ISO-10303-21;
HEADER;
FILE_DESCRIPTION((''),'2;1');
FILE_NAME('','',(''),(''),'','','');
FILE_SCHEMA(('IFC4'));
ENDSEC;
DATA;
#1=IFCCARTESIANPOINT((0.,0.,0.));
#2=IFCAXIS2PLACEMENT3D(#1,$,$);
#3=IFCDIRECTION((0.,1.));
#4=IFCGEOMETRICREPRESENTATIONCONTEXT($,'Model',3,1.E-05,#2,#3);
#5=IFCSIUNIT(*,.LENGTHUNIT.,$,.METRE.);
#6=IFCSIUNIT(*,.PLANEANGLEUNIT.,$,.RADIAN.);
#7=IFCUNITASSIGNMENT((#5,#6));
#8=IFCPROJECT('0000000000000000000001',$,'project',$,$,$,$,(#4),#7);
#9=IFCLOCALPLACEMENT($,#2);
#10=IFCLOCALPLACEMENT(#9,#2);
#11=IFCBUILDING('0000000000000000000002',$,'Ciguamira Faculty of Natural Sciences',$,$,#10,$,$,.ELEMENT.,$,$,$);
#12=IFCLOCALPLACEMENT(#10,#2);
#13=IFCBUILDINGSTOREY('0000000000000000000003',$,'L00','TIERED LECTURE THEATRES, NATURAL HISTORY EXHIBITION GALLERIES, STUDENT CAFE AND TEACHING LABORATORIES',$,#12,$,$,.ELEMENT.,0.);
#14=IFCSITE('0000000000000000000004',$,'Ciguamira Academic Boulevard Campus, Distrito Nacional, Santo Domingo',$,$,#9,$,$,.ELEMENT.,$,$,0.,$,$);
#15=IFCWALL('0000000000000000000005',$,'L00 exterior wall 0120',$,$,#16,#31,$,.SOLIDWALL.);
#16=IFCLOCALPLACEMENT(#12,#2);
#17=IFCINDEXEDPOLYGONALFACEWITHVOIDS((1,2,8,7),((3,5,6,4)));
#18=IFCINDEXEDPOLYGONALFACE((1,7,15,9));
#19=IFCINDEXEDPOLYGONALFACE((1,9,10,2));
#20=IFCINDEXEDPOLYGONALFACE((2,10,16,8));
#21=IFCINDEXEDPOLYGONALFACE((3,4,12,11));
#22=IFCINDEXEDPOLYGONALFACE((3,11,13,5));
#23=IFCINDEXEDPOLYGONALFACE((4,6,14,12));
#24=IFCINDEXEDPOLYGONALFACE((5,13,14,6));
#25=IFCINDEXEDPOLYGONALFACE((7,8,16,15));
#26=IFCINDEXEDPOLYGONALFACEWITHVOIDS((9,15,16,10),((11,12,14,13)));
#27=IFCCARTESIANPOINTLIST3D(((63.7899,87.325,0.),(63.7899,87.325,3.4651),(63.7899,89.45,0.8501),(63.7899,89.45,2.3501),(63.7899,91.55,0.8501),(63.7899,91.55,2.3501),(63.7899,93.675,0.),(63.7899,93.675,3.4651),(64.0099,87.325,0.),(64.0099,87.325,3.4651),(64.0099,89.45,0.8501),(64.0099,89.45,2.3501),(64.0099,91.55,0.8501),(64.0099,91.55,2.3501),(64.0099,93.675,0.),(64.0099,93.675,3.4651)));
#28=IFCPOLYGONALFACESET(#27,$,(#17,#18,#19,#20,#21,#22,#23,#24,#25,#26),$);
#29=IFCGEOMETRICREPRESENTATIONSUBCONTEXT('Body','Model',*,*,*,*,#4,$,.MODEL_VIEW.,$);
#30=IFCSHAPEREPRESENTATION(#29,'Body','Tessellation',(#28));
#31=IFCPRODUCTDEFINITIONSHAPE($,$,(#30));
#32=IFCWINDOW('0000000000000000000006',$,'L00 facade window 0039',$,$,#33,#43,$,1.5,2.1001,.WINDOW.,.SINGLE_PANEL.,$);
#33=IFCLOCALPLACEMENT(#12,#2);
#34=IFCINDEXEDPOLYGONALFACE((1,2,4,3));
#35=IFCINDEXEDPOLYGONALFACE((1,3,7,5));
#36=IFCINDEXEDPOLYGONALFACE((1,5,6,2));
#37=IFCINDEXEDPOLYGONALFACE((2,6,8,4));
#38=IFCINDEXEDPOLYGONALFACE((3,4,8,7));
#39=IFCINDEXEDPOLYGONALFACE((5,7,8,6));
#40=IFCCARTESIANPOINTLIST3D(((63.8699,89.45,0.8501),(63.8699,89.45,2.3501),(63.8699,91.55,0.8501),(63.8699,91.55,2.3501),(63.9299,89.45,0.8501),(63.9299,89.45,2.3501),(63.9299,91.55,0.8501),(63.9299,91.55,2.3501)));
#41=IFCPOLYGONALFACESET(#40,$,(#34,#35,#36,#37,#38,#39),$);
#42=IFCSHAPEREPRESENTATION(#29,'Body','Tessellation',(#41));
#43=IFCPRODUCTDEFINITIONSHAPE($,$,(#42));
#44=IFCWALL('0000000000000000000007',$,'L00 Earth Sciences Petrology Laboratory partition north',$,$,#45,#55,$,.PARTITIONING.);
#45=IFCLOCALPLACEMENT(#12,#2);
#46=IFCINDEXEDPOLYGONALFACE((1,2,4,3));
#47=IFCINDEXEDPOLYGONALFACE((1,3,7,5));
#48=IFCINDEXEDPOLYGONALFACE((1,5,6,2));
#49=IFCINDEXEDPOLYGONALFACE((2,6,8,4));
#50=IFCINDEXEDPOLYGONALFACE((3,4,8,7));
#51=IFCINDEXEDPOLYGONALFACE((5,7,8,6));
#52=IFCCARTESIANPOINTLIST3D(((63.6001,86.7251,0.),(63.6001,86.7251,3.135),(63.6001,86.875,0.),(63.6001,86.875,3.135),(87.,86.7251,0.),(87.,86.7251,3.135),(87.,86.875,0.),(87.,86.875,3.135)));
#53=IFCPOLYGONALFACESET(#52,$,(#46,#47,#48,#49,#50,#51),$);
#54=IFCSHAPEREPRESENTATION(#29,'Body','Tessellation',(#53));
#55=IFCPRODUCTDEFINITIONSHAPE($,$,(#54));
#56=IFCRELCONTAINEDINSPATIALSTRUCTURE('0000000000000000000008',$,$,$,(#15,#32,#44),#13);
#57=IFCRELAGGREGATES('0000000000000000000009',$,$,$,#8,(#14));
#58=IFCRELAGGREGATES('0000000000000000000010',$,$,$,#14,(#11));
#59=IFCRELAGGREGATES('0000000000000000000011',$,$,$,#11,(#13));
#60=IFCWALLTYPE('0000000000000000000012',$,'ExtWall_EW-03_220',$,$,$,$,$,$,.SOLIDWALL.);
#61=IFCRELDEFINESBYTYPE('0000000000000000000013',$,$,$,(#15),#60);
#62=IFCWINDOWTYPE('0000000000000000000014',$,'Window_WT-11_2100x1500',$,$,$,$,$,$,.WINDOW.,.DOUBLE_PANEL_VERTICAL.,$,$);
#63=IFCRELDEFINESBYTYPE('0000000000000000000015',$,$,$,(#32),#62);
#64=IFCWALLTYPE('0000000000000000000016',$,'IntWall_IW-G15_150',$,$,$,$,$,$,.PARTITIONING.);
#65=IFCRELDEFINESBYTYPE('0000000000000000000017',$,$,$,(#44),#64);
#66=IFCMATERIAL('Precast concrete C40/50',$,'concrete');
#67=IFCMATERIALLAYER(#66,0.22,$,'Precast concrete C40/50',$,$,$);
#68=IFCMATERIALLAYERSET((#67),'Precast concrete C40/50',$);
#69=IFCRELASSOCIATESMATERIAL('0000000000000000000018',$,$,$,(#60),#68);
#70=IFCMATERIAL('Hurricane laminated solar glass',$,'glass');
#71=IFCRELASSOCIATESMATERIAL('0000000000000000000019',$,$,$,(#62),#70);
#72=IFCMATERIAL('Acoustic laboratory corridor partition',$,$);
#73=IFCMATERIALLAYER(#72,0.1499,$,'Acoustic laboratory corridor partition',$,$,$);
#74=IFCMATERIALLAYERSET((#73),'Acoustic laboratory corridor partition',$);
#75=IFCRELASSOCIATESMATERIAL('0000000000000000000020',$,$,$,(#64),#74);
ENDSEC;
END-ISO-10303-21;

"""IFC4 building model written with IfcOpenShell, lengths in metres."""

from ifc_helpers import new_model, si_unit, direction, frame, frame_2d, origin, place, context, subcontext, project, spatial, rectangle, extrude, material, layer, layer_set, type_object, element, fill, save


model = new_model("IFC4")

# Units and contexts
model_context = context("Model", 3, precision=1e-05, world=origin(), true_north=direction((0.0, 1.0)))
body_context = subcontext(model_context, "Body", "Model", "MODEL_VIEW")
ifc_project = project(units=[si_unit("LENGTHUNIT", "METRE"), si_unit("PLANEANGLEUNIT", "RADIAN")], contexts=[model_context])

# Site, building, storey
site_placement = place(None, origin())
site = spatial("IfcSite", under=ifc_project, at=site_placement, Name="Ciguamira Academic Boulevard Campus, Distrito Nacional, Santo Domingo", CompositionType="ELEMENT", RefElevation=0.0)
building_placement = place(site_placement, origin())
building = spatial("IfcBuilding", under=site, at=building_placement, Name="Ciguamira Faculty of Natural Sciences", CompositionType="ELEMENT")
storey_placement = place(building_placement, origin())
storey = spatial("IfcBuildingStorey", under=building, at=storey_placement, Name="L00", Description="TIERED LECTURE THEATRES, NATURAL HISTORY EXHIBITION GALLERIES, STUDENT CAFE AND TEACHING LABORATORIES", CompositionType="ELEMENT", Elevation=0.0)

# Shared definitions
ifc_material_1 = material(Name="Precast concrete C40/50", Category="concrete")

# Wall, opening, window
ifc_layer_1 = layer(ifc_material_1, 0.22, Name="Precast concrete C40/50")
ifc_layer_set_1 = layer_set([ifc_layer_1], Name="Precast concrete C40/50")
wall_type_1 = type_object("IfcWallType", Name="ExtWall_EW-03_220", PredefinedType="SOLIDWALL", material=ifc_layer_set_1)
ifc_material_2 = material(Name="Hurricane laminated solar glass", Category="glass")
wall_1_placement = place(storey_placement, frame((63.8999, 87.325, 0.0), z_axis=(0.0, 0.0, 1.0), x_axis=(0.0, 1.0, 0.0)))
wall_1 = element("IfcWall", 1, at=wall_1_placement, inside=storey, type_object=wall_type_1, Name="L00 exterior wall 0120", PredefinedType="SOLIDWALL", context=body_context, shape_type="SweptSolid", body=[
    extrude(rectangle(XDim=6.3501, YDim=0.22, at=frame_2d((3.175, 0.0))), origin(), (0.0, 0.0, 1.0), 3.4651),
])
opening_1_placement = place(wall_1_placement, frame((2.125, 0.0, 0.8501)))
opening_1 = element("IfcOpeningElement", 2, at=opening_1_placement, cuts=wall_1, PredefinedType="OPENING", context=body_context, shape_type="SweptSolid", body=[
    extrude(rectangle(XDim=2.1001, YDim=1.5, at=frame_2d((1.05, 0.75))), frame((0.0, 0.1199, 0.0), z_axis=(0.0, -1.0, 0.0), x_axis=(1.0, 0.0, 0.0)), (0.0, 0.0, 1.0), 0.24),
])
window_type_1 = type_object("IfcWindowType", Name="Window_WT-11_2100x1500", PartitioningType="DOUBLE_PANEL_VERTICAL", PredefinedType="WINDOW", material=ifc_material_2)
window_1_placement = place(opening_1_placement, origin())
window_1 = element("IfcWindow", 3, at=window_1_placement, inside=storey, type_object=window_type_1, Name="L00 facade window 0039", OverallHeight=1.5, OverallWidth=2.1001, PartitioningType="SINGLE_PANEL", PredefinedType="WINDOW", context=body_context, shape_type="SweptSolid", body=[
    extrude(rectangle(XDim=2.1001, YDim=1.5, at=frame_2d((1.05, 0.75))), frame((0.0, 0.03, 0.0), z_axis=(0.0, -1.0, 0.0), x_axis=(1.0, 0.0, 0.0)), (0.0, 0.0, 1.0), 0.0601),
])
fill(opening_1, window_1)

# Wall
ifc_material_3 = material(Name="Acoustic laboratory corridor partition")
ifc_layer_2 = layer(ifc_material_3, 0.1499, Name="Acoustic laboratory corridor partition")
ifc_layer_set_2 = layer_set([ifc_layer_2], Name="Acoustic laboratory corridor partition")
wall_type_2 = type_object("IfcWallType", Name="IntWall_IW-G15_150", PredefinedType="PARTITIONING", material=ifc_layer_set_2)
wall_2_placement = place(storey_placement, frame((63.6001, 86.8, 0.0), z_axis=(0.0, 0.0, 1.0), x_axis=(1.0, 0.0, 0.0)))
element("IfcWall", 4, at=wall_2_placement, inside=storey, type_object=wall_type_2, Name="L00 Earth Sciences Petrology Laboratory partition north", PredefinedType="PARTITIONING", context=body_context, shape_type="SweptSolid", body=[
    extrude(rectangle(XDim=23.3999, YDim=0.1499, at=frame_2d((11.7, 0.0))), origin(), (0.0, 0.0, 1.0), 3.135),
])

save(model, "model.ifc")
